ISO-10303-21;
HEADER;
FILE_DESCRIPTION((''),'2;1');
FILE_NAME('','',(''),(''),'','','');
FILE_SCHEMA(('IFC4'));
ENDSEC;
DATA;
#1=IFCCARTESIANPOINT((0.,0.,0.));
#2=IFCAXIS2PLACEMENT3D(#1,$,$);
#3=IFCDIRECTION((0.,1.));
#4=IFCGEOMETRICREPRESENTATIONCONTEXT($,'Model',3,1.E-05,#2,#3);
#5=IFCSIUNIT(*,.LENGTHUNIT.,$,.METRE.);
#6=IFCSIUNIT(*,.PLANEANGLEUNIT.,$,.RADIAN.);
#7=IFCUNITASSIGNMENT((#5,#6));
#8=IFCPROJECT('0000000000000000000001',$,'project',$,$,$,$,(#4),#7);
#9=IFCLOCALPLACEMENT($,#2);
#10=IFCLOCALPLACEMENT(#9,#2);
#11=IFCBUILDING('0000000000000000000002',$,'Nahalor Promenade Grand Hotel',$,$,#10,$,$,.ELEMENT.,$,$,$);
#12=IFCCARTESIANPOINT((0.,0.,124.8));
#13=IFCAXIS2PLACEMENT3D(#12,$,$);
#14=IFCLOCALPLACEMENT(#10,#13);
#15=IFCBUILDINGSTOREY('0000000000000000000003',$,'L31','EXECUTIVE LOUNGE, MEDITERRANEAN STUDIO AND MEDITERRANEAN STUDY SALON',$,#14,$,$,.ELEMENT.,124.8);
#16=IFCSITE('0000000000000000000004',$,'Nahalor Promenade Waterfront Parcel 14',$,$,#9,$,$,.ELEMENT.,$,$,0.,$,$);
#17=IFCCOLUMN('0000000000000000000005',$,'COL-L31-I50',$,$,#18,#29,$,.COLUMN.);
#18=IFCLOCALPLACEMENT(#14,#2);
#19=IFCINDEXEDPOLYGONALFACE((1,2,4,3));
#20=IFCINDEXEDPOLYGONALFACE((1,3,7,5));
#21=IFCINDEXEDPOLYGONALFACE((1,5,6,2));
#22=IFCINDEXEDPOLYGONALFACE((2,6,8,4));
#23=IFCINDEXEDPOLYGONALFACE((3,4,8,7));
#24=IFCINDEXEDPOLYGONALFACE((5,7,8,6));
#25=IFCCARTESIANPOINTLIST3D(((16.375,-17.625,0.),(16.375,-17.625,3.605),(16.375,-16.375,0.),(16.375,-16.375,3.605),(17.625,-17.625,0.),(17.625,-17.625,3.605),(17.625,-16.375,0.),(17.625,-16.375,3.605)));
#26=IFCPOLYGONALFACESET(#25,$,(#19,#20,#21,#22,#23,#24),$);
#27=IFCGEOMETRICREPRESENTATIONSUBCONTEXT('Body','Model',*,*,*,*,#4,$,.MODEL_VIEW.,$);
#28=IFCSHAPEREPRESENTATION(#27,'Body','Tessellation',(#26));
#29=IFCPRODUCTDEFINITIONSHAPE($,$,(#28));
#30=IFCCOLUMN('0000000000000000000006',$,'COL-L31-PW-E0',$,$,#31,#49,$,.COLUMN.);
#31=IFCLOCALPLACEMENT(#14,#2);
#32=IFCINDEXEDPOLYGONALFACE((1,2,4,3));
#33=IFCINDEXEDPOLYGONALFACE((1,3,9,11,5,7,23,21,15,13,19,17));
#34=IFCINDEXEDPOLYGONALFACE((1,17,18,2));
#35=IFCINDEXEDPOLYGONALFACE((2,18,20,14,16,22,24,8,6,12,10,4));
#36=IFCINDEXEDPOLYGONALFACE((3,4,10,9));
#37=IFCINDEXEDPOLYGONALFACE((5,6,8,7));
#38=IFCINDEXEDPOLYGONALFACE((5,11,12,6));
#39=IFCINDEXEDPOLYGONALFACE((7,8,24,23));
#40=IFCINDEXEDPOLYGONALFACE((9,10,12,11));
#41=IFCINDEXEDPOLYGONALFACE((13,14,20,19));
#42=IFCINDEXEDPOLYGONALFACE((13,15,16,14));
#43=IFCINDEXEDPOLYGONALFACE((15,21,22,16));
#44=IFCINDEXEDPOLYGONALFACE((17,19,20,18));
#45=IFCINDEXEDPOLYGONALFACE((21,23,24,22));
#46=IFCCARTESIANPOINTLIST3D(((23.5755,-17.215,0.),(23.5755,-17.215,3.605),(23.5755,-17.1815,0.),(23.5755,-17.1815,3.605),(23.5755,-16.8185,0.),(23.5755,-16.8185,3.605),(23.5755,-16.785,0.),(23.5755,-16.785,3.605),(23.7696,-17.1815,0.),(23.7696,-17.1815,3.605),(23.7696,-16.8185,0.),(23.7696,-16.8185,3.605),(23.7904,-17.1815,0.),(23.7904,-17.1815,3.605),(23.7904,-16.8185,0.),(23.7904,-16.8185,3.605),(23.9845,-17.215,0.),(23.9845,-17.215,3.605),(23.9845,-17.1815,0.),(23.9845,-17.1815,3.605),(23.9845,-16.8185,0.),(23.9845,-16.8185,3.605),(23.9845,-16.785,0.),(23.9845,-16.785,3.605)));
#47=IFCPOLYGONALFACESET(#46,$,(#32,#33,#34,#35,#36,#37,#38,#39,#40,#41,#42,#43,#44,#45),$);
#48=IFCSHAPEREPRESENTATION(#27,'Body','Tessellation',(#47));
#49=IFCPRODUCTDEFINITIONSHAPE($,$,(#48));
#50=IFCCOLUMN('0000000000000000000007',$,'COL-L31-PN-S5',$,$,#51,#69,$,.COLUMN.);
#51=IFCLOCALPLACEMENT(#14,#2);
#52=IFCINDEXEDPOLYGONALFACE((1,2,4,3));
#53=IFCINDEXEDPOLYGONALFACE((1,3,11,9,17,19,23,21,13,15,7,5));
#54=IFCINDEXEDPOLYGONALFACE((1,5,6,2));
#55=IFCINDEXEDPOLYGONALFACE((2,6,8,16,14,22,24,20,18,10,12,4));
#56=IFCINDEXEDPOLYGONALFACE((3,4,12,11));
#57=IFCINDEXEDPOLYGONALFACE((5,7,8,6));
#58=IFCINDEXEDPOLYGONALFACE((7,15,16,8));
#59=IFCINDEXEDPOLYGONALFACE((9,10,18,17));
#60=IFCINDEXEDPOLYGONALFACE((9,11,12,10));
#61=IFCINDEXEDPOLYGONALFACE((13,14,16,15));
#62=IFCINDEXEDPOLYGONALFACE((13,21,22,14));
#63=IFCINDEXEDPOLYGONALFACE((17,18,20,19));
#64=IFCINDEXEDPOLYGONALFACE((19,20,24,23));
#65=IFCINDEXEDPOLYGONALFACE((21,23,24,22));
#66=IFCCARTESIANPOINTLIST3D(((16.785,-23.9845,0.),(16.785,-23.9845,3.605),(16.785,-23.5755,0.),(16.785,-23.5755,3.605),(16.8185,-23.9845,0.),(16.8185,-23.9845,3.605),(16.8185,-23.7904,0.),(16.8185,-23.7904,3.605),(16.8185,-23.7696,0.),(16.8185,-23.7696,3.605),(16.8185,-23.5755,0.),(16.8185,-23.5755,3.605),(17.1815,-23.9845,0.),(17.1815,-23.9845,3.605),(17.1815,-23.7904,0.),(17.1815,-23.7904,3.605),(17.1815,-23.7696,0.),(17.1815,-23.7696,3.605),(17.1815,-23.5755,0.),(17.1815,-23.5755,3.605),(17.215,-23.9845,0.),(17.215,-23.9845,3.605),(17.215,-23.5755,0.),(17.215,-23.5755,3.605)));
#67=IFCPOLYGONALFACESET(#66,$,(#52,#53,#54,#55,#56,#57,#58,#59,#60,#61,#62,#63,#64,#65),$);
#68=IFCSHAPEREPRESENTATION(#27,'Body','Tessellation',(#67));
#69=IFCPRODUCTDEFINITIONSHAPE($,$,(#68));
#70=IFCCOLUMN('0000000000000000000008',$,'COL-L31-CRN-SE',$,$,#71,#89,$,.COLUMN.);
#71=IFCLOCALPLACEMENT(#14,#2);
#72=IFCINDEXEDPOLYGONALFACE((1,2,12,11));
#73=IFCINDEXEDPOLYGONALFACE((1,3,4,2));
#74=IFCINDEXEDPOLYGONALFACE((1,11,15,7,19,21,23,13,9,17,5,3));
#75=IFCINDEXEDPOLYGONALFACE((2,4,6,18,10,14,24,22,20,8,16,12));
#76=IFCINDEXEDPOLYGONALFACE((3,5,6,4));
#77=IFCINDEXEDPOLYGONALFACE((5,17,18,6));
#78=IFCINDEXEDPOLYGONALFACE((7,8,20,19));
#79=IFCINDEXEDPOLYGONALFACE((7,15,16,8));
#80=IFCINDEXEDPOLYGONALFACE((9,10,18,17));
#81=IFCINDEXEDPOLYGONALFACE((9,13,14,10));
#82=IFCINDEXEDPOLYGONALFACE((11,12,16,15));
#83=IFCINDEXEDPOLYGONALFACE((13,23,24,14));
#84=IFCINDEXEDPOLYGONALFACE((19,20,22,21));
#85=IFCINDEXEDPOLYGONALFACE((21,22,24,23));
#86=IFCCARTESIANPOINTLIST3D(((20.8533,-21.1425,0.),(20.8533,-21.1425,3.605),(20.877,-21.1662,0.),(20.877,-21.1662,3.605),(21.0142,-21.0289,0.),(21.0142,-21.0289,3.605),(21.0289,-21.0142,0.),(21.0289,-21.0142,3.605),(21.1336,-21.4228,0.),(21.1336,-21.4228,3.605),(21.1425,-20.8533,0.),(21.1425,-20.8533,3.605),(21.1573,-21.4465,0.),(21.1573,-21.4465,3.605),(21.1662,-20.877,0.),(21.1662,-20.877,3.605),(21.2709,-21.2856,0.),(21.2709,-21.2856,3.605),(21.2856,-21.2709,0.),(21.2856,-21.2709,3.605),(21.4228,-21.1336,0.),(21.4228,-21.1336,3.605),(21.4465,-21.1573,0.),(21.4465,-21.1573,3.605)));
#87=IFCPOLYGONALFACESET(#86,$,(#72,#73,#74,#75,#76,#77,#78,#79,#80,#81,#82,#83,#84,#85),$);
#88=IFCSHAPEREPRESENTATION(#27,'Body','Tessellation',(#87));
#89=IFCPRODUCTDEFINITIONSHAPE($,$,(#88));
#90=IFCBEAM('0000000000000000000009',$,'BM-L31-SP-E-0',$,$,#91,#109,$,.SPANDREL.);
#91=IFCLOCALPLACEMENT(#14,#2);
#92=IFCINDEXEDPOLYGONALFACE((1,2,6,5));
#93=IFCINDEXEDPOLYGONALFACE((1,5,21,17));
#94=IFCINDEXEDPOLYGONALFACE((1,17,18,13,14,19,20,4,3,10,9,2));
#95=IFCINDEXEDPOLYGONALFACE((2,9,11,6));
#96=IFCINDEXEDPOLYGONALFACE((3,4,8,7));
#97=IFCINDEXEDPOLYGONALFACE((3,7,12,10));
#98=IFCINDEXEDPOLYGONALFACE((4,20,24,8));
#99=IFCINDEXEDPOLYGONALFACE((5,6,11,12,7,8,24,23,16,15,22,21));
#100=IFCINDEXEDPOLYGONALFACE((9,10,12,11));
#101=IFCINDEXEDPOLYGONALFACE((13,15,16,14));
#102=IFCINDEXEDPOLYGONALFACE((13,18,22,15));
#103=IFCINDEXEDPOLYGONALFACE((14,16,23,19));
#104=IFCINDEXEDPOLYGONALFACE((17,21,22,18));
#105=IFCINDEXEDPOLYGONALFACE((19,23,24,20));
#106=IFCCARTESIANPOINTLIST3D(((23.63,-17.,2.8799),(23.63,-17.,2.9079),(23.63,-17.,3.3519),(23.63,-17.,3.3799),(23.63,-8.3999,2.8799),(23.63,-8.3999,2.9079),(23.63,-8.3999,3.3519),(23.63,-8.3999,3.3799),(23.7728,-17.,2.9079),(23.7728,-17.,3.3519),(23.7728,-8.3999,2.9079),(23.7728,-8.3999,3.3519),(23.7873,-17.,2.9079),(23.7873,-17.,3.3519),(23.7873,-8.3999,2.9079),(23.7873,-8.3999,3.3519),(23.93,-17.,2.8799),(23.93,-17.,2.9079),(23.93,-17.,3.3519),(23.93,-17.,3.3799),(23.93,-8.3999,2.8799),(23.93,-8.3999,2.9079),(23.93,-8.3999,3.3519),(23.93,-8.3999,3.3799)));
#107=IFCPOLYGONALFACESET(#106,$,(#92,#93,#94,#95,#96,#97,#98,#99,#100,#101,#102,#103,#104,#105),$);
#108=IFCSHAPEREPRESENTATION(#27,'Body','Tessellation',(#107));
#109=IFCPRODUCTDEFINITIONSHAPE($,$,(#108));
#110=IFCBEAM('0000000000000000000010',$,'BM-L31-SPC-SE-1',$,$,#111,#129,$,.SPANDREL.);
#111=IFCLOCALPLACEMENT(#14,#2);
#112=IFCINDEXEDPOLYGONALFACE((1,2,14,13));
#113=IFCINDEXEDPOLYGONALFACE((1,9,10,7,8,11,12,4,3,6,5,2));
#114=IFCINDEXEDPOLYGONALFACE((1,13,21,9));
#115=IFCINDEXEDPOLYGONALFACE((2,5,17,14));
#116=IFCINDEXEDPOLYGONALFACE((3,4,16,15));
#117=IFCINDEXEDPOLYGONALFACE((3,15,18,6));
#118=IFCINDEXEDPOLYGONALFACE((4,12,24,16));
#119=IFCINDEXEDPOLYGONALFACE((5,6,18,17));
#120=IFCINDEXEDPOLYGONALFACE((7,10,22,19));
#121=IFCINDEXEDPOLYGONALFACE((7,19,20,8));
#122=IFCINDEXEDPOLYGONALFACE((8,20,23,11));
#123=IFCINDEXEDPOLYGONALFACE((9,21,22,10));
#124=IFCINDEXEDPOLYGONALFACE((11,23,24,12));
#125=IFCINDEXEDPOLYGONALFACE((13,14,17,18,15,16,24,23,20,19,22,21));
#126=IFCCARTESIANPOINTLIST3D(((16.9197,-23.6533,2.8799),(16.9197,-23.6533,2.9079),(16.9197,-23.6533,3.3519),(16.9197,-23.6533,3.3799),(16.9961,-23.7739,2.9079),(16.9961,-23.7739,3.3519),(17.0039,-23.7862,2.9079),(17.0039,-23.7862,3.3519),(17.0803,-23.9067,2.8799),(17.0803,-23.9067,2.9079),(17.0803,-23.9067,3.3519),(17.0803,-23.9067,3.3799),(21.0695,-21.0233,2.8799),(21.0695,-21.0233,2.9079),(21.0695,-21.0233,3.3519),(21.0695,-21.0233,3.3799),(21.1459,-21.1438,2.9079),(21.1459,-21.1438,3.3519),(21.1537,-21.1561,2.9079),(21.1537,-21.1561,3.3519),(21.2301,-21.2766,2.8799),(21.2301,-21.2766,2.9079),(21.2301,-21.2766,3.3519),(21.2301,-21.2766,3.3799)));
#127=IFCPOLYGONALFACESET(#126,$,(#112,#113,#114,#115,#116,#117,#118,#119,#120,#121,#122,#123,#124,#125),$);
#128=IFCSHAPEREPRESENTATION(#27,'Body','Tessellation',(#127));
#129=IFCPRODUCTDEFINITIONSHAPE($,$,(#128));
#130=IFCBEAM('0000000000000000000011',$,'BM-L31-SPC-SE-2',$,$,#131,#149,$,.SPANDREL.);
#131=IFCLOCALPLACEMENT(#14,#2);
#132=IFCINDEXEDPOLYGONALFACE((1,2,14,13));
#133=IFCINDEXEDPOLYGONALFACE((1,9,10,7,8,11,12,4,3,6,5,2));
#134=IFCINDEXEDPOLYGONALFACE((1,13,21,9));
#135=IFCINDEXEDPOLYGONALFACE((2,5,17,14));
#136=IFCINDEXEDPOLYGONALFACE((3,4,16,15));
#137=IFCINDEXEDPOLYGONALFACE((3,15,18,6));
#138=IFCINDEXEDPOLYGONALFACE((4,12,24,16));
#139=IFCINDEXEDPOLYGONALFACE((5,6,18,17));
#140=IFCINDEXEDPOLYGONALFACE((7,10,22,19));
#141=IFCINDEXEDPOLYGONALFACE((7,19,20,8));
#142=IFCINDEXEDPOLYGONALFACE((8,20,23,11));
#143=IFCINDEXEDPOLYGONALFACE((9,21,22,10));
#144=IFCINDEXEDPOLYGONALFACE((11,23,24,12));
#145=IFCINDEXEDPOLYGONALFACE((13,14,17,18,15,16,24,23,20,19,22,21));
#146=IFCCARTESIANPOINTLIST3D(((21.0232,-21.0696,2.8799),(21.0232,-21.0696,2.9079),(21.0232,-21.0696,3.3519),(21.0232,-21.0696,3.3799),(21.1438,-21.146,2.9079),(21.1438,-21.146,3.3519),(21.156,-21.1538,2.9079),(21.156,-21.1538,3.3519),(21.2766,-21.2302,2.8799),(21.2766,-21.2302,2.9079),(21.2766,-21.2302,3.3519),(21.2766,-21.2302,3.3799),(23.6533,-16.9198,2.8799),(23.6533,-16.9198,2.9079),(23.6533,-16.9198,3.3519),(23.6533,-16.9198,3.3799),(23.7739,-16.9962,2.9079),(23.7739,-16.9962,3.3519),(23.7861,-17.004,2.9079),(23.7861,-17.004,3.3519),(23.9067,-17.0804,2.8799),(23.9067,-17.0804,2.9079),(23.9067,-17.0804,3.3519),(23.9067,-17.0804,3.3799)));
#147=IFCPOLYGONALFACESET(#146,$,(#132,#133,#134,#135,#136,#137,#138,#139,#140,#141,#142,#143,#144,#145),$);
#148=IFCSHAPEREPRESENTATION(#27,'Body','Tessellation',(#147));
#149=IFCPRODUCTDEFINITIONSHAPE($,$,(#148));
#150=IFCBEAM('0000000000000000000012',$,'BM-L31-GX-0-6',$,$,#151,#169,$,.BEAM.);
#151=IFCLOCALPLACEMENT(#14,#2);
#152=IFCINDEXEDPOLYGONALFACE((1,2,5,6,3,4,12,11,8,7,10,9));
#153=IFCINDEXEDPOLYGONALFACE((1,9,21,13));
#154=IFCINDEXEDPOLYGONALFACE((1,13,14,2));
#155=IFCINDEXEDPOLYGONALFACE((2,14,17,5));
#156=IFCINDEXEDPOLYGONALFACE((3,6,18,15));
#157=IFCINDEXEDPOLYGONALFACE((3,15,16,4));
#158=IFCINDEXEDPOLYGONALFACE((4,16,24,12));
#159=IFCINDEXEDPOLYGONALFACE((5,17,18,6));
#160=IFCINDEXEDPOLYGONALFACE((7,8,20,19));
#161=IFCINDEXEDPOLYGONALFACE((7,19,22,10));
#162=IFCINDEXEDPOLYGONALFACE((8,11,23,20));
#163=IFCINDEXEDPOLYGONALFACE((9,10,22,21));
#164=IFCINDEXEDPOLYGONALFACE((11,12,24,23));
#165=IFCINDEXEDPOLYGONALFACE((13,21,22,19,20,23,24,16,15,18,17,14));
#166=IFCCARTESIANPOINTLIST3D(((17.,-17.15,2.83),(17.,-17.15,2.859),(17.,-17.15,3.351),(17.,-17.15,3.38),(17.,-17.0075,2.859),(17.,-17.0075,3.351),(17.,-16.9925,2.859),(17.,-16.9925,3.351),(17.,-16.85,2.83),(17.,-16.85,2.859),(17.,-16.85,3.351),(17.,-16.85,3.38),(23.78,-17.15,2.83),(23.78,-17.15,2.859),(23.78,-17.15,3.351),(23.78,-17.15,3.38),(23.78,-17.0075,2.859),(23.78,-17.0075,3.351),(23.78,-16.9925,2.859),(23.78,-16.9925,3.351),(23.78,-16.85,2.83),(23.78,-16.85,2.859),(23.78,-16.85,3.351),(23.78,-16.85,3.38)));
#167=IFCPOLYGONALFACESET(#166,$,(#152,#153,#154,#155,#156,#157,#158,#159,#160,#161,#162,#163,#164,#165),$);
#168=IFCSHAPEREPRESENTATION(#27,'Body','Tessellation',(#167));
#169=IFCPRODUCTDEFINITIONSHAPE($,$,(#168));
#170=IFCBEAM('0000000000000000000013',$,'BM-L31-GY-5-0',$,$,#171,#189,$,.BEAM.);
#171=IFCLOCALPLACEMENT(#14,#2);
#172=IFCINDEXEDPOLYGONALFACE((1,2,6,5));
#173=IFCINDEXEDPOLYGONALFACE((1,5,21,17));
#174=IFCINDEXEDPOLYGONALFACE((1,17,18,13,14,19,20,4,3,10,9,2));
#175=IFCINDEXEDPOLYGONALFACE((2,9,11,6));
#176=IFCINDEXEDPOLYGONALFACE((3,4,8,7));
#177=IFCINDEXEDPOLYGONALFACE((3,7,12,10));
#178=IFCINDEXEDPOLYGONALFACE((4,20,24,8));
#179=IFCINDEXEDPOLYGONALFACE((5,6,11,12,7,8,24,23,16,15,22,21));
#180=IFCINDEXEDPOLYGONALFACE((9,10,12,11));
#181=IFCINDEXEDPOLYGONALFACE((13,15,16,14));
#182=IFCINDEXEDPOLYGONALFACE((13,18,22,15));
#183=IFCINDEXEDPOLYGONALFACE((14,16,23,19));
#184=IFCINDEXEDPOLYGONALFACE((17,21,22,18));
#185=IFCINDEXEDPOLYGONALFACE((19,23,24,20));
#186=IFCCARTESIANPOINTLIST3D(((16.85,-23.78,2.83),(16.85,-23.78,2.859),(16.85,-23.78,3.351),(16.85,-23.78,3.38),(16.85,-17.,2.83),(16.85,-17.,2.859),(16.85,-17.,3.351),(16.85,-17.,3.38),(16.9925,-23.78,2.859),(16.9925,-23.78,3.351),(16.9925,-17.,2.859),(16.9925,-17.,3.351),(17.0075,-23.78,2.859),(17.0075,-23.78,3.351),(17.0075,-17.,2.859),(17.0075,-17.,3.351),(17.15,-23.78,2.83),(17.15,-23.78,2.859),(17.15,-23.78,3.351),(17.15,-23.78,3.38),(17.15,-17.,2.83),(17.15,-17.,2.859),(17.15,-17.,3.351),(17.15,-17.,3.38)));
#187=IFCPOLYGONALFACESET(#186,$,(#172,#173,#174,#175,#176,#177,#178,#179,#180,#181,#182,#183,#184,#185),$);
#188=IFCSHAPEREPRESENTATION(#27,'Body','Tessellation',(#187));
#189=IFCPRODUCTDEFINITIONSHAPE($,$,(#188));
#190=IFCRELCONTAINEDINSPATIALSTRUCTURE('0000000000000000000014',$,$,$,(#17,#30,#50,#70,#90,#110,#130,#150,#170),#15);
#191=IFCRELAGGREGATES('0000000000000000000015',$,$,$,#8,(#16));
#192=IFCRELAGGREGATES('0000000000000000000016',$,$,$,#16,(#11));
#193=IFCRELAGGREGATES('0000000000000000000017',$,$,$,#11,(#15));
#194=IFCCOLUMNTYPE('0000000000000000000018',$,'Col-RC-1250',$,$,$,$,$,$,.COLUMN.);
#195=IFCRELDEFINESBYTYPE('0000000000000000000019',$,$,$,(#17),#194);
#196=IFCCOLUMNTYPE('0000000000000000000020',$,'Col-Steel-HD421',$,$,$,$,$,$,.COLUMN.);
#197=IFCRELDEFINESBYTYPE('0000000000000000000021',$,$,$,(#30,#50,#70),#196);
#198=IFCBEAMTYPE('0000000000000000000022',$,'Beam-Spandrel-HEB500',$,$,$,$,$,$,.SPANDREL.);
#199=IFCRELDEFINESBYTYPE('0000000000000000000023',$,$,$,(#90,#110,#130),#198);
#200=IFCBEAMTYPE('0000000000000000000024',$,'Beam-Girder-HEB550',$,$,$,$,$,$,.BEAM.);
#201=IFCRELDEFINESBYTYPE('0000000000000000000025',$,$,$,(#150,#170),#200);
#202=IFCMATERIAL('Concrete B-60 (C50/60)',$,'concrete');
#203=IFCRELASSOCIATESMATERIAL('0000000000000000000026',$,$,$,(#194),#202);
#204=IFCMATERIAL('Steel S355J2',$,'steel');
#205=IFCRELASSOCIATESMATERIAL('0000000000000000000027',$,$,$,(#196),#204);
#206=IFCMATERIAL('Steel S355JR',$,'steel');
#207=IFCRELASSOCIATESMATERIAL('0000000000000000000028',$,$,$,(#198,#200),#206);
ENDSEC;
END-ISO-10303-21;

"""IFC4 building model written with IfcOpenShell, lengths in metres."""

from ifc_helpers import new_model, si_unit, direction, frame, origin, origin_2d, place, context, subcontext, project, spatial, rectangle, i_section, extrude, source, transform, mapped, material, material_profile, profile_set, type_object, element, save


model = new_model("IFC4")

# Units and contexts
model_context = context("Model", 3, precision=1e-05, world=origin(), true_north=direction((0.0, 1.0)))
body_context = subcontext(model_context, "Body", "Model", "MODEL_VIEW")
ifc_project = project(units=[si_unit("LENGTHUNIT", "METRE"), si_unit("PLANEANGLEUNIT", "RADIAN")], contexts=[model_context])

# Site, building, storey
site_placement = place(None, origin())
site = spatial("IfcSite", under=ifc_project, at=site_placement, Name="Nahalor Promenade Waterfront Parcel 14", CompositionType="ELEMENT", RefElevation=0.0)
building_placement = place(site_placement, origin())
building = spatial("IfcBuilding", under=site, at=building_placement, Name="Nahalor Promenade Grand Hotel", CompositionType="ELEMENT")
storey_placement = place(building_placement, frame((0.0, 0.0, 124.8)))
storey = spatial("IfcBuildingStorey", under=building, at=storey_placement, Name="L31", Description="EXECUTIVE LOUNGE, MEDITERRANEAN STUDIO AND MEDITERRANEAN STUDY SALON", CompositionType="ELEMENT", Elevation=124.8)

# Columns
ifc_material_1 = material(Name="Concrete B-60 (C50/60)", Category="concrete")
ifc_material_profile_1 = material_profile(ifc_material_1, rectangle(XDim=1.25, YDim=1.25, at=origin_2d()), Name="RC 1250x1250")
ifc_profile_set_1 = profile_set([ifc_material_profile_1], Name="Concrete B-60 (C50/60)")
column_type_1 = type_object("IfcColumnType", Name="Col-RC-1250", PredefinedType="COLUMN", material=ifc_profile_set_1)
shared_shape_1 = source(origin(), body_context, "Body", "SweptSolid", [
    extrude(rectangle(XDim=1.25, YDim=1.25, at=origin_2d()), origin(), (0.0, 0.0, 1.0), 3.605),
])
column_placement = place(storey_placement, frame((17.0, -17.0, 0.0), z_axis=(0.0, 0.0, 1.0), x_axis=(1.0, 0.0, 0.0)))
element("IfcColumn", 1, at=column_placement, inside=storey, type_object=column_type_1, Name="COL-L31-I50", PredefinedType="COLUMN", context=body_context, shape_type="MappedRepresentation", body=[
    mapped(shared_shape_1, transform((0.0, 0.0, 0.0), scale=1.0)),
])
ifc_material_2 = material(Name="Steel S355J2", Category="steel")
ifc_material_profile_2 = material_profile(ifc_material_2, i_section(OverallWidth=0.409, OverallDepth=0.43, WebThickness=0.0208, FlangeThickness=0.0335, at=origin_2d()), Name="HD 400x421")
ifc_profile_set_2 = profile_set([ifc_material_profile_2], Name="Steel S355J2")
column_type_2 = type_object("IfcColumnType", Name="Col-Steel-HD421", PredefinedType="COLUMN", material=ifc_profile_set_2)
shared_shape_2 = source(origin(), body_context, "Body", "SweptSolid", [
    extrude(i_section(OverallWidth=0.409, OverallDepth=0.43, WebThickness=0.0208, FlangeThickness=0.0335, at=origin_2d()), origin(), (0.0, 0.0, 1.0), 3.605),
])
for number, where, z_axis, x_axis, name in (
    (2, (23.78, -17.0, 0.0), (0.0, 0.0, 1.0), (1.0, 0.0, 0.0), "COL-L31-PW-E0"),
    (3, (17.0, -23.78, 0.0), (0.0, 0.0, 1.0), (0.0, 1.0, 0.0), "COL-L31-PN-S5"),
    (4, (21.1499, -21.1499, 0.0), (0.0, 0.0, 1.0), (0.707107, 0.707107, 0.0), "COL-L31-CRN-SE"),
):
    element("IfcColumn", number, at=place(storey_placement, frame(where, z_axis=z_axis, x_axis=x_axis)), inside=storey, type_object=column_type_2, Name=name, PredefinedType="COLUMN", context=body_context, shape_type="MappedRepresentation", body=[
        mapped(shared_shape_2, transform((0.0, 0.0, 0.0), scale=1.0)),
    ])

# Beams
ifc_material_3 = material(Name="Steel S355JR", Category="steel")
ifc_material_profile_3 = material_profile(ifc_material_3, i_section(OverallWidth=0.3, OverallDepth=0.5, WebThickness=0.0145, FlangeThickness=0.028, at=origin_2d()), Name="HEB 500")
ifc_profile_set_3 = profile_set([ifc_material_profile_3], Name="Steel S355JR")
beam_type_1 = type_object("IfcBeamType", Name="Beam-Spandrel-HEB500", PredefinedType="SPANDREL", material=ifc_profile_set_3)
shared_shape_3 = source(origin(), body_context, "Body", "SweptSolid", [
    extrude(i_section(OverallWidth=0.3, OverallDepth=0.5, WebThickness=0.0145, FlangeThickness=0.028, at=origin_2d()), origin(), (0.0, 0.0, 1.0), 8.6001),
])
beam_1_placement = place(storey_placement, frame((23.78, -17.0, 3.1299), z_axis=(0.0, 1.0, 0.0), x_axis=(-1.0, 0.0, 0.0)))
element("IfcBeam", 5, at=beam_1_placement, inside=storey, type_object=beam_type_1, Name="BM-L31-SP-E-0", PredefinedType="SPANDREL", context=body_context, shape_type="MappedRepresentation", body=[
    mapped(shared_shape_3, transform((0.0, 0.0, 0.0), scale=1.0)),
])
shared_shape_4 = source(origin(), body_context, "Body", "SweptSolid", [
    extrude(i_section(OverallWidth=0.3, OverallDepth=0.5, WebThickness=0.0145, FlangeThickness=0.028, at=origin_2d()), origin(), (0.0, 0.0, 1.0), 4.9131),
])
for number, where, z_axis, x_axis, name in (
    (6, (17.0, -23.78, 3.1299), (0.844648, 0.535322, 0.0), (-0.535322, 0.844648, 0.0), "BM-L31-SPC-SE-1"),
    (7, (21.1499, -21.1499, 3.1299), (0.535322, 0.844648, 0.0), (-0.844648, 0.535322, 0.0), "BM-L31-SPC-SE-2"),
):
    element("IfcBeam", number, at=place(storey_placement, frame(where, z_axis=z_axis, x_axis=x_axis)), inside=storey, type_object=beam_type_1, Name=name, PredefinedType="SPANDREL", context=body_context, shape_type="MappedRepresentation", body=[
        mapped(shared_shape_4, transform((0.0, 0.0, 0.0), scale=1.0)),
    ])
ifc_material_profile_4 = material_profile(ifc_material_3, i_section(OverallWidth=0.3, OverallDepth=0.55, WebThickness=0.015, FlangeThickness=0.029, at=origin_2d()), Name="HEB 550")
ifc_profile_set_4 = profile_set([ifc_material_profile_4], Name="Steel S355JR")
beam_type_2 = type_object("IfcBeamType", Name="Beam-Girder-HEB550", PredefinedType="BEAM", material=ifc_profile_set_4)
shared_shape_5 = source(origin(), body_context, "Body", "SweptSolid", [
    extrude(i_section(OverallWidth=0.3, OverallDepth=0.55, WebThickness=0.015, FlangeThickness=0.029, at=origin_2d()), origin(), (0.0, 0.0, 1.0), 6.78),
])
for number, where, z_axis, x_axis, name in (
    (8, (17.0, -17.0, 3.105), (1.0, 0.0, 0.0), (0.0, 1.0, 0.0), "BM-L31-GX-0-6"),
    (9, (17.0, -23.78, 3.105), (0.0, 1.0, 0.0), (-1.0, 0.0, 0.0), "BM-L31-GY-5-0"),
):
    element("IfcBeam", number, at=place(storey_placement, frame(where, z_axis=z_axis, x_axis=x_axis)), inside=storey, type_object=beam_type_2, Name=name, PredefinedType="BEAM", context=body_context, shape_type="MappedRepresentation", body=[
        mapped(shared_shape_5, transform((0.0, 0.0, 0.0), scale=1.0)),
    ])

save(model, "model.ifc")
